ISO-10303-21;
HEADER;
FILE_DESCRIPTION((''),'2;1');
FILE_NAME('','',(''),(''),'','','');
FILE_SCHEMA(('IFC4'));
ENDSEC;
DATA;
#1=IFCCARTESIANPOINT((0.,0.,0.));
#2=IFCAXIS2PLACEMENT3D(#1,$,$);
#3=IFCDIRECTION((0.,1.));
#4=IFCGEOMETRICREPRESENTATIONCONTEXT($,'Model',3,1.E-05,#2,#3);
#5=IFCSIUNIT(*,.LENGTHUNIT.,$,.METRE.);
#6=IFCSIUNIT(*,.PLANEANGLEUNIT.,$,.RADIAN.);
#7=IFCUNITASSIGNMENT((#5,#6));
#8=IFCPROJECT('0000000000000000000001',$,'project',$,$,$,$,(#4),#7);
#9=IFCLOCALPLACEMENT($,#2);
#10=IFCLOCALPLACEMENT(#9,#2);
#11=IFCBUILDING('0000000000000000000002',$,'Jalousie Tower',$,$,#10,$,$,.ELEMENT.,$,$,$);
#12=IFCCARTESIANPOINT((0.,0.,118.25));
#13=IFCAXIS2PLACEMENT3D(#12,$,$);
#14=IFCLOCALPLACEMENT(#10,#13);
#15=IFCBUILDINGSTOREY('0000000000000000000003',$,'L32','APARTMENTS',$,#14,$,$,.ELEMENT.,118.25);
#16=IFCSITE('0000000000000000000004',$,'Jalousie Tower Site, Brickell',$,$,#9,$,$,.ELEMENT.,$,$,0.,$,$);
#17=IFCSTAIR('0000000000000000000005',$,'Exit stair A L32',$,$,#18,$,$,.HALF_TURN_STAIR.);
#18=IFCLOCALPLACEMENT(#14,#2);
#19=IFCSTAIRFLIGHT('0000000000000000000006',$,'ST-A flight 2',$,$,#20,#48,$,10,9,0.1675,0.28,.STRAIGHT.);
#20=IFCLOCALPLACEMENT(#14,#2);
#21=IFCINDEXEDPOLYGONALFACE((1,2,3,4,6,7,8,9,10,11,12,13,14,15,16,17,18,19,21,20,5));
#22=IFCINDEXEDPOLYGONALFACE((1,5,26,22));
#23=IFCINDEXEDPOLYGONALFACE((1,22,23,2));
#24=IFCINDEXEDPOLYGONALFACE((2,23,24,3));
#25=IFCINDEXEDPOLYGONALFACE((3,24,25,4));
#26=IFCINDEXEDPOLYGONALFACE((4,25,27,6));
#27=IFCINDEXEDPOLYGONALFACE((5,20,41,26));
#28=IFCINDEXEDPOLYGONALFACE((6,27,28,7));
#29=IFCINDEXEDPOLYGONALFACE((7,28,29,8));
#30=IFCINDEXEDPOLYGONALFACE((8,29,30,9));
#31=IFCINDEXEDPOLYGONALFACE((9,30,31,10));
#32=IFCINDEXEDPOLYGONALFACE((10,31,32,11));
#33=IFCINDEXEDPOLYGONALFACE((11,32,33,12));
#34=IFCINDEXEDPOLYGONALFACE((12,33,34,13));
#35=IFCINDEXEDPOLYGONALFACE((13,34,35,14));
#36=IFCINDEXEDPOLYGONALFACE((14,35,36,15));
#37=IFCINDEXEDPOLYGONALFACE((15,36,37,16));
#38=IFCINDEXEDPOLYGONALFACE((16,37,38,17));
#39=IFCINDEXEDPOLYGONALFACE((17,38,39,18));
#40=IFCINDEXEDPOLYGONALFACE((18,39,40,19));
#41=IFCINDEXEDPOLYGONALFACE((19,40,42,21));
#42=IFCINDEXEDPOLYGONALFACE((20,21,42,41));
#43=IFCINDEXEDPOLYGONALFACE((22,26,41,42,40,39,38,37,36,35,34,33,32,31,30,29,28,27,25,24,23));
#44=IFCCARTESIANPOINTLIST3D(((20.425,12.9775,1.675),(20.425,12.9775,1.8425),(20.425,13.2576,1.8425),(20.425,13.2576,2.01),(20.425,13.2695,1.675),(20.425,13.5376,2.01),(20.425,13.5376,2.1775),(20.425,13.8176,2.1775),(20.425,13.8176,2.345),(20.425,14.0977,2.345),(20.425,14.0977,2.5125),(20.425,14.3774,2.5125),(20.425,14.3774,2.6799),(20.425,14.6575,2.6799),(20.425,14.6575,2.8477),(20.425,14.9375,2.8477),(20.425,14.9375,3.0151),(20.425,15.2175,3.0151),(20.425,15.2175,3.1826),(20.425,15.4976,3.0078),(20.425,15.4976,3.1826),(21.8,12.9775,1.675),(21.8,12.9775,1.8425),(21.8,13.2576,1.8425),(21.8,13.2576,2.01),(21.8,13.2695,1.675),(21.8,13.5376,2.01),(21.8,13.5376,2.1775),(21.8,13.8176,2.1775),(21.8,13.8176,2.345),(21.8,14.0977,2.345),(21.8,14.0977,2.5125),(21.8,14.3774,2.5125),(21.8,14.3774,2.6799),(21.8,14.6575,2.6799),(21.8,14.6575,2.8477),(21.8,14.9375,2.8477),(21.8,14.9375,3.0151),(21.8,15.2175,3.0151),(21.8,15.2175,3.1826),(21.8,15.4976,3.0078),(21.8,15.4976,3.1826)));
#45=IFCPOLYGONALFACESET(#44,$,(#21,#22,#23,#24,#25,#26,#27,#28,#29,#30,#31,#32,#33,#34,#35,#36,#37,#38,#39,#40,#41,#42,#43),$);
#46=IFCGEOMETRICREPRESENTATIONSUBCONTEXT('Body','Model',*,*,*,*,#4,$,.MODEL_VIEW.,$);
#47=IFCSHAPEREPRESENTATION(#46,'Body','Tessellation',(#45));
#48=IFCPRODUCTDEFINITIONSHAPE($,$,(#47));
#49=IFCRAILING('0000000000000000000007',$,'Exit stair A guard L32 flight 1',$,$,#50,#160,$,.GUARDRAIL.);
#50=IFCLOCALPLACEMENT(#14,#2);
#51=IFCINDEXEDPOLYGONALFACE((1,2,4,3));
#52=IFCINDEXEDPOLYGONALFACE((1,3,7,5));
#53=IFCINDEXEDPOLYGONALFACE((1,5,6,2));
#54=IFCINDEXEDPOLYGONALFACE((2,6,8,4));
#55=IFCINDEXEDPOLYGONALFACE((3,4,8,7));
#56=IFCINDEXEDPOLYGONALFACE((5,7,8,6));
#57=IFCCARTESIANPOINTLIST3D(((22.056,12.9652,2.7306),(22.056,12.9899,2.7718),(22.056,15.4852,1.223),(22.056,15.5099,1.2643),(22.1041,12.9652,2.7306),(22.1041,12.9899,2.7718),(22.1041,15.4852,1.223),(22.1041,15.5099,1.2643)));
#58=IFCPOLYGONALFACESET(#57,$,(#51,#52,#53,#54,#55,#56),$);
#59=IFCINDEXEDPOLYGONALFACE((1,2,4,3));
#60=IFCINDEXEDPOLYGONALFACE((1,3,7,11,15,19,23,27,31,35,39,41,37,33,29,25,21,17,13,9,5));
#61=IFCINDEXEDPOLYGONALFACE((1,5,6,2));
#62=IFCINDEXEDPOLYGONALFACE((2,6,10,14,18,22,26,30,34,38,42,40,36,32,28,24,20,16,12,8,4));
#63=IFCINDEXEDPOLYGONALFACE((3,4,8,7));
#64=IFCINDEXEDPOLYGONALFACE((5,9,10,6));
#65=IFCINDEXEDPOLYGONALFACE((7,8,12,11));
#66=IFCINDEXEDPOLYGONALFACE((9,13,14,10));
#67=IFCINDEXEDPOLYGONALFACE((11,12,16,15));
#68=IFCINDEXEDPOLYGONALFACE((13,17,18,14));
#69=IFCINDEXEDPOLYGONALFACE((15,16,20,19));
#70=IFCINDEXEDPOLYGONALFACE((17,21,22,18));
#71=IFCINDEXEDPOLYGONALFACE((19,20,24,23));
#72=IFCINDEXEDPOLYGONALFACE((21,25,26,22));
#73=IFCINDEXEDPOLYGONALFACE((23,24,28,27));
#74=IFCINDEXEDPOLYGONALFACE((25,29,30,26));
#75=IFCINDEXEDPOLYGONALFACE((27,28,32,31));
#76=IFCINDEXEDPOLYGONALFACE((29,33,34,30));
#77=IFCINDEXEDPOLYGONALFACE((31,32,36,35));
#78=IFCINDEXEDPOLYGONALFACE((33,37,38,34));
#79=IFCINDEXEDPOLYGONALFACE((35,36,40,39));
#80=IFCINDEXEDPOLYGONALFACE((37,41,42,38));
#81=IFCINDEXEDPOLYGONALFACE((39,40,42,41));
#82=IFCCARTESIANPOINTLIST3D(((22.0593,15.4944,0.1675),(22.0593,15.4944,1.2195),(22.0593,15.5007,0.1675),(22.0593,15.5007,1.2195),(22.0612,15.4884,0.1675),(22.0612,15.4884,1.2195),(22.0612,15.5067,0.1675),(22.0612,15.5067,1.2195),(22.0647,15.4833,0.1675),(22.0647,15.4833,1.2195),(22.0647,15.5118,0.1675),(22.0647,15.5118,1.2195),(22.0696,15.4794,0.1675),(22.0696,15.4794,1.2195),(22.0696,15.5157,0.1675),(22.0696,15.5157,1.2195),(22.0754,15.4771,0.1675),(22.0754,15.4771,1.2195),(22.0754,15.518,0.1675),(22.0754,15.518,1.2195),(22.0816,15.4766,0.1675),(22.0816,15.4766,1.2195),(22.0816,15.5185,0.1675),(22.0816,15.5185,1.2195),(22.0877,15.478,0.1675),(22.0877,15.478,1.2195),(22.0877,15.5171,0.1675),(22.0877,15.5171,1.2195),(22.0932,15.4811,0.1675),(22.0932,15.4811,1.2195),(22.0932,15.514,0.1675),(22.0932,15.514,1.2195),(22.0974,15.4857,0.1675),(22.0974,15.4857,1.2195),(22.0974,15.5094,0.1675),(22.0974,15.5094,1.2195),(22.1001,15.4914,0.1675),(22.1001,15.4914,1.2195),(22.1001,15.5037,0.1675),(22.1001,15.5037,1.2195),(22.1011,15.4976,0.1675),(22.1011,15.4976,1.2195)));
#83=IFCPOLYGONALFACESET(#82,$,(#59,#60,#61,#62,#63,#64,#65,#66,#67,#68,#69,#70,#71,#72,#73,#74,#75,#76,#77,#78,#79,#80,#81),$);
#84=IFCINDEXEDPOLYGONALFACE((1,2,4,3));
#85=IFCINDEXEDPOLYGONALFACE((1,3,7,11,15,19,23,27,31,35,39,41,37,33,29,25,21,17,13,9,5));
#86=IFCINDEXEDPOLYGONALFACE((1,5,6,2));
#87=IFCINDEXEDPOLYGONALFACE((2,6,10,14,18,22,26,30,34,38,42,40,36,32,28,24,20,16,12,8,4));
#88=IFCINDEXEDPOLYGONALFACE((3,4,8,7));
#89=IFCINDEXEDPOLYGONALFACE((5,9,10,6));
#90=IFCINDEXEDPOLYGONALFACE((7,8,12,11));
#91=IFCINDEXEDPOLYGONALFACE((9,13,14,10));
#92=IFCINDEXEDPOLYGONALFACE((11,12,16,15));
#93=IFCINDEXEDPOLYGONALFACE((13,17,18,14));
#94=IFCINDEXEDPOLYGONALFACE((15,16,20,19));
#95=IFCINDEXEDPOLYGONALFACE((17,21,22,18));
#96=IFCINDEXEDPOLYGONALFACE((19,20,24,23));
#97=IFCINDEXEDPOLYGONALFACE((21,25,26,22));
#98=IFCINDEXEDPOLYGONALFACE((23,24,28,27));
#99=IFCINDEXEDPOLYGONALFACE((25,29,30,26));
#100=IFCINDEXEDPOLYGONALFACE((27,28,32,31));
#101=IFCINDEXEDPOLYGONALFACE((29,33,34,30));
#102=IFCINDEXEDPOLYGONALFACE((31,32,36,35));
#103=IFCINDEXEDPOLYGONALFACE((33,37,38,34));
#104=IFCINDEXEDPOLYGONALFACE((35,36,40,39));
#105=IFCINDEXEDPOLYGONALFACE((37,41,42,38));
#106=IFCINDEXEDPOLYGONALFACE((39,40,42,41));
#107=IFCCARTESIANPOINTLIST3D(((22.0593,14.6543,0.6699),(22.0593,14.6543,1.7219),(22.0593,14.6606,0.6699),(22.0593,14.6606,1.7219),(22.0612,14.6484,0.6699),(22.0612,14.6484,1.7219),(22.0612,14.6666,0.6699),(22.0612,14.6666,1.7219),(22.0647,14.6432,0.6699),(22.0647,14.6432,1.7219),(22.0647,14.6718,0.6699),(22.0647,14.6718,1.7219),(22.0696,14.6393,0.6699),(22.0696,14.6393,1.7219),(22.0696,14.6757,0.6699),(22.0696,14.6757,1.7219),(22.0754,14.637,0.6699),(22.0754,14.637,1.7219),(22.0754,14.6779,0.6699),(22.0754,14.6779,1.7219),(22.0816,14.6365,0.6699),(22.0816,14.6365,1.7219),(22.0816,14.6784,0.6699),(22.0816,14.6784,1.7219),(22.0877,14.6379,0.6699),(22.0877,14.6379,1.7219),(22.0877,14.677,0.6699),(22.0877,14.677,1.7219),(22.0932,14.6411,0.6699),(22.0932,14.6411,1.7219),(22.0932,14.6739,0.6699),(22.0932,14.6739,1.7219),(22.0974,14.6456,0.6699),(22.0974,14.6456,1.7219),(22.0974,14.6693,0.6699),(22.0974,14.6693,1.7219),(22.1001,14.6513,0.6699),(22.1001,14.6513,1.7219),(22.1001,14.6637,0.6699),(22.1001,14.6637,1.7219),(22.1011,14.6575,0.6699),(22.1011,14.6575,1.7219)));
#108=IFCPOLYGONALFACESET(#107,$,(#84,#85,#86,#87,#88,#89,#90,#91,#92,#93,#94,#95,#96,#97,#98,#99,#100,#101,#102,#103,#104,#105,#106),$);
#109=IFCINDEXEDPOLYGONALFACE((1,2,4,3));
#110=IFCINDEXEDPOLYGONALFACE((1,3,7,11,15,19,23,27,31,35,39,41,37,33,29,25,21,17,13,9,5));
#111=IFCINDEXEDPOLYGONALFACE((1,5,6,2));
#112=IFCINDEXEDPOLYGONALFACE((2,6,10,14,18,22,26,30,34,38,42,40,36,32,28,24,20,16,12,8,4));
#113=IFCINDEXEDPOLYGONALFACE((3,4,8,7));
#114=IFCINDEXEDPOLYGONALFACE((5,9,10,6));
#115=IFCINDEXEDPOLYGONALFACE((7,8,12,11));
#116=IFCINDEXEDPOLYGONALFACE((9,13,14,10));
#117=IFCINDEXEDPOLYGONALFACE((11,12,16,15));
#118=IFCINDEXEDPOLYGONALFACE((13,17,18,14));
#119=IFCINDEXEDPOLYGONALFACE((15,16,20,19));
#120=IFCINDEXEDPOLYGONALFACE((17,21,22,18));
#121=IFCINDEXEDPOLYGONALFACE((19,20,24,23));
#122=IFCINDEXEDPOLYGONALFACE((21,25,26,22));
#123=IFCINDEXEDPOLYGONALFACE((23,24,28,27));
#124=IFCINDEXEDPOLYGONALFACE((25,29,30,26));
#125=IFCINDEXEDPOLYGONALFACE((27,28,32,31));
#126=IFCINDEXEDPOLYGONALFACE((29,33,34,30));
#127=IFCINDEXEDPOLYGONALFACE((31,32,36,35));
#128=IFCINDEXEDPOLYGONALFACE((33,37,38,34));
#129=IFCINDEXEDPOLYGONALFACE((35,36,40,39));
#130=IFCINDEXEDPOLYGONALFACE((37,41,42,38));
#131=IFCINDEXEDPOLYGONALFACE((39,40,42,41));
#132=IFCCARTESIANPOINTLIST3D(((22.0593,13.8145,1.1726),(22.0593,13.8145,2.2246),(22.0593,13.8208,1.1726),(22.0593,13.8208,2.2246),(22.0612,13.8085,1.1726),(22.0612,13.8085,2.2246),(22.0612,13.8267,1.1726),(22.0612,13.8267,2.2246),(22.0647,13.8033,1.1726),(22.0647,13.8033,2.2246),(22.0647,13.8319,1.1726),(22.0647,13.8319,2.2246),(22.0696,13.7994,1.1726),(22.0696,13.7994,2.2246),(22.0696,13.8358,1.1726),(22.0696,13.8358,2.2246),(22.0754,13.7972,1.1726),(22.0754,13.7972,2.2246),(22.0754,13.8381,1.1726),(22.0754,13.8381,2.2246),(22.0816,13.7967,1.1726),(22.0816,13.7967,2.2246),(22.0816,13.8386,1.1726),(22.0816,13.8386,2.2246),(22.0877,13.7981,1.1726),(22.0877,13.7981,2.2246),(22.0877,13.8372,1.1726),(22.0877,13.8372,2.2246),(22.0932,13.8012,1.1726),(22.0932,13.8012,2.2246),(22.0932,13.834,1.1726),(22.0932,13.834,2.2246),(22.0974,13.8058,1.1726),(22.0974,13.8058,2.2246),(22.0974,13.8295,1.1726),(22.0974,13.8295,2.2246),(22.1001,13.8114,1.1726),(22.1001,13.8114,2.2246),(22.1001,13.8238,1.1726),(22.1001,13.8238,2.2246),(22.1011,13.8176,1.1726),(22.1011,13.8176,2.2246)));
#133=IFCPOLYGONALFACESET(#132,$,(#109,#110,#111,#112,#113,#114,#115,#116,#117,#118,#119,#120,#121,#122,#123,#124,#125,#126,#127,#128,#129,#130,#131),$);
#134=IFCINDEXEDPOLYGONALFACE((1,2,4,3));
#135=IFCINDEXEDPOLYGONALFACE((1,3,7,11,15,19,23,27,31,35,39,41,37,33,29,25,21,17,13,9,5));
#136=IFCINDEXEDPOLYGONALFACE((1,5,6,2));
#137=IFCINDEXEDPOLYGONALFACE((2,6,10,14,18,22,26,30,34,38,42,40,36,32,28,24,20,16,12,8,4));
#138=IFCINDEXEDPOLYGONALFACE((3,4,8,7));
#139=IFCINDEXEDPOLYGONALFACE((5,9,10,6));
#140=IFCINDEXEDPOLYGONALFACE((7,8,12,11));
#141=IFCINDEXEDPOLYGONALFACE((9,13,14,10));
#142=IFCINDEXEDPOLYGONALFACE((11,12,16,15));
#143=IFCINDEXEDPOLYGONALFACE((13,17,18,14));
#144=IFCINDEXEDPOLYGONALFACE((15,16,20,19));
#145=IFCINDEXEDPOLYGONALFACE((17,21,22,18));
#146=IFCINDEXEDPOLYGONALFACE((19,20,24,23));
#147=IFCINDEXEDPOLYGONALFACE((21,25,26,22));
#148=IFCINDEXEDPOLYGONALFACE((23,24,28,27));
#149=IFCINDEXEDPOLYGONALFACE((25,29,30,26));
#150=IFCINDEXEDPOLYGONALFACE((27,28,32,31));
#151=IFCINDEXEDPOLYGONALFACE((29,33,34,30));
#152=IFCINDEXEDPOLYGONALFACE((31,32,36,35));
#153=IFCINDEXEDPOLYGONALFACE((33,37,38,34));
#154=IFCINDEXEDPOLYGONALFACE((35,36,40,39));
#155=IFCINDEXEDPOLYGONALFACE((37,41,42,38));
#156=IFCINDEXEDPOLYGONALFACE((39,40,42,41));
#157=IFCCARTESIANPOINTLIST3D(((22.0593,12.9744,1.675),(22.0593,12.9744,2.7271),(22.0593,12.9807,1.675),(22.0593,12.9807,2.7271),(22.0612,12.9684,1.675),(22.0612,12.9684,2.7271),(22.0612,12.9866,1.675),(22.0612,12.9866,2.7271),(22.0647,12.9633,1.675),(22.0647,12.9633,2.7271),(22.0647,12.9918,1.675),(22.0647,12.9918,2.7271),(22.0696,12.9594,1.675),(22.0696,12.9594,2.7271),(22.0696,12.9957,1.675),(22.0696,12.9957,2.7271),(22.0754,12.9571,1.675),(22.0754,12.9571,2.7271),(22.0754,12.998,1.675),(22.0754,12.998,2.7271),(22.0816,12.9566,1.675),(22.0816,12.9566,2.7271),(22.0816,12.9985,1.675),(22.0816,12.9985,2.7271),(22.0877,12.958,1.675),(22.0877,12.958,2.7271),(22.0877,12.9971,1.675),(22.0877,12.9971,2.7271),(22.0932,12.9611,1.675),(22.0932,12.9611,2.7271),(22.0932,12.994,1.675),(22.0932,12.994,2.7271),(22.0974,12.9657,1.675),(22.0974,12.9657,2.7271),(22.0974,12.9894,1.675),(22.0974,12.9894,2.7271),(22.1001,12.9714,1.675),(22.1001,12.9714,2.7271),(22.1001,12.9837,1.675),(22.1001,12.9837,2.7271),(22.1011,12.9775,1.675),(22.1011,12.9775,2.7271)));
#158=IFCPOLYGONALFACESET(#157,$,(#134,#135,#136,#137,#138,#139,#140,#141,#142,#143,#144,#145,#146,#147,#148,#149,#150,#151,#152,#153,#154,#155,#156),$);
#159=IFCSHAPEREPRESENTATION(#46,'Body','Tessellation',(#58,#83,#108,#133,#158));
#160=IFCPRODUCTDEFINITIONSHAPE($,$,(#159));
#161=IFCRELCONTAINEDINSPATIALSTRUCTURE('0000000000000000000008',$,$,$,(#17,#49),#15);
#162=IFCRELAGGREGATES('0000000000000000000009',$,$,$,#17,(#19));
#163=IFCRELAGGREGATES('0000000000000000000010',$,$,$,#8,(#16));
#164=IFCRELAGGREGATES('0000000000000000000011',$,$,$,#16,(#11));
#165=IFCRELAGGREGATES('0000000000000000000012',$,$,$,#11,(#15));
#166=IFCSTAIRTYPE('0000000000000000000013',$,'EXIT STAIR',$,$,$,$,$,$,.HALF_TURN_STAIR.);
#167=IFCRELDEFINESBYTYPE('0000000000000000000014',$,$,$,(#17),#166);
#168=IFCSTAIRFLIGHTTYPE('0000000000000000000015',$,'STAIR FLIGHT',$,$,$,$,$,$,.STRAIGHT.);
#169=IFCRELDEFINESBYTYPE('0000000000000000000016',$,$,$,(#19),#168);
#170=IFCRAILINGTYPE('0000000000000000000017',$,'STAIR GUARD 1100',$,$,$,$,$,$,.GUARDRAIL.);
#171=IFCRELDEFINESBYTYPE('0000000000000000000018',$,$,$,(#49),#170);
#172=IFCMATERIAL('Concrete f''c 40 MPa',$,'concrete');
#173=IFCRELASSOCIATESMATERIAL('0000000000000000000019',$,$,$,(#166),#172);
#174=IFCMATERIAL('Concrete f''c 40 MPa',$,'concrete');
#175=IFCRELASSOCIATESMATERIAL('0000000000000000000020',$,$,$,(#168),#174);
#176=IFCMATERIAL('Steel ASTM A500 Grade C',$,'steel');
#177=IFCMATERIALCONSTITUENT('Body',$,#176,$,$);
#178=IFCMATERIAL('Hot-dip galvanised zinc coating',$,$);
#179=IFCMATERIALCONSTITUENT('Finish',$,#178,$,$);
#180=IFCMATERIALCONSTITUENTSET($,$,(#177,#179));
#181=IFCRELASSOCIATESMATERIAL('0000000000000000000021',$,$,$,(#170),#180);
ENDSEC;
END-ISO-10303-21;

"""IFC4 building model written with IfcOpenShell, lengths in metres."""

from ifc_helpers import new_model, si_unit, direction, frame, origin, origin_2d, place, context, subcontext, project, spatial, polyline, rectangle, circle, outline, extrude, material, constituent, constituent_set, type_object, element, aggregate, save


model = new_model("IFC4")

# Units and contexts
model_context = context("Model", 3, precision=1e-05, world=origin(), true_north=direction((0.0, 1.0)))
body_context = subcontext(model_context, "Body", "Model", "MODEL_VIEW")
ifc_project = project(units=[si_unit("LENGTHUNIT", "METRE"), si_unit("PLANEANGLEUNIT", "RADIAN")], contexts=[model_context])

# Site, building, storey
site_placement = place(None, origin())
site = spatial("IfcSite", under=ifc_project, at=site_placement, Name="Jalousie Tower Site, Brickell", CompositionType="ELEMENT", RefElevation=0.0)
building_placement = place(site_placement, origin())
building = spatial("IfcBuilding", under=site, at=building_placement, Name="Jalousie Tower", CompositionType="ELEMENT")
storey_placement = place(building_placement, frame((0.0, 0.0, 118.25)))
storey = spatial("IfcBuildingStorey", under=building, at=storey_placement, Name="L32", Description="APARTMENTS", CompositionType="ELEMENT", Elevation=118.25)

# Stair, stair flight
ifc_material_1 = material(Name="Concrete f'c 40 MPa", Category="concrete")
stair_type = type_object("IfcStairType", Name="EXIT STAIR", PredefinedType="HALF_TURN_STAIR", material=ifc_material_1)
stair_placement = place(storey_placement, origin())
stair = element("IfcStair", 1, at=stair_placement, inside=storey, type_object=stair_type, Name="Exit stair A L32", PredefinedType="HALF_TURN_STAIR")
ifc_material_2 = material(Name="Concrete f'c 40 MPa", Category="concrete")
stair_flight_type = type_object("IfcStairFlightType", Name="STAIR FLIGHT", PredefinedType="STRAIGHT", material=ifc_material_2)
stair_flight_1_placement = place(storey_placement, frame((21.1125, 12.9775, 1.675), z_axis=(0.0, 0.0, 1.0), x_axis=(0.0, 1.0, 0.0)))
stair_flight_1 = element("IfcStairFlight", 2, at=stair_flight_1_placement, type_object=stair_flight_type, Name="ST-A flight 2", NumberOfRisers=10, NumberOfTreads=9, PredefinedType="STRAIGHT", RiserHeight=0.1675, TreadLength=0.28, context=body_context, shape_type="SweptSolid", body=[
    extrude(outline(polyline([(0.0, 0.0), (0.0, 0.1675), (0.28, 0.1675), (0.28, 0.335), (0.5601, 0.335), (0.5601, 0.5024), (0.8401, 0.5024), (0.8401, 0.6699), (1.1201, 0.6699), (1.1201, 0.8374), (1.3999, 0.8374), (1.3999, 1.0049), (1.6799, 1.0049), (1.6799, 1.1726), (1.96, 1.1726), (1.96, 1.3401), (2.24, 1.3401), (2.24, 1.5076), (2.52, 1.5076), (2.52, 1.675), (2.52, 1.3328), (0.292, 0.0), (0.0, 0.0)])), frame((0.0, 0.6875, 0.0), z_axis=(0.0, -1.0, 0.0), x_axis=(1.0, 0.0, 0.0)), (0.0, 0.0, 1.0), 1.375),
])
aggregate(stair, [stair_flight_1])

# Railing
ifc_material_3 = material(Name="Steel ASTM A500 Grade C", Category="steel")
ifc_constituent_1 = constituent(ifc_material_3, Name="Body")
ifc_material_4 = material(Name="Hot-dip galvanised zinc coating")
ifc_constituent_2 = constituent(ifc_material_4, Name="Finish")
ifc_constituent_set_1 = constituent_set(constituents=[ifc_constituent_1, ifc_constituent_2])
railing_type_1 = type_object("IfcRailingType", Name="STAIR GUARD 1100", PredefinedType="GUARDRAIL", material=ifc_constituent_set_1)
railing_1_placement = place(storey_placement, frame((22.0801, 15.4976, 0.1675)))
element("IfcRailing", 3, at=railing_1_placement, inside=storey, type_object=railing_type_1, Name="Exit stair A guard L32 flight 1", PredefinedType="GUARDRAIL", context=body_context, shape_type="SweptSolid", body=[
    extrude(rectangle(XDim=0.0481, YDim=0.0481, at=origin_2d()), frame((0.0, 0.0, 1.0762), z_axis=(0.0, -0.85816, 0.513383), x_axis=(1.0, 0.0, 0.0)), (0.0, 0.0, 1.0), 2.9365),
    extrude(circle(Radius=0.021, at=origin_2d()), origin(), (0.0, 0.0, 1.0), 1.052),
    extrude(circle(Radius=0.021, at=origin_2d()), frame((0.0, -0.8401, 0.5024)), (0.0, 0.0, 1.0), 1.052),
    extrude(circle(Radius=0.021, at=origin_2d()), frame((0.0, -1.6799, 1.0051)), (0.0, 0.0, 1.0), 1.052),
    extrude(circle(Radius=0.021, at=origin_2d()), frame((0.0, -2.52, 1.5076)), (0.0, 0.0, 1.0), 1.052),
])

save(model, "model.ifc")
